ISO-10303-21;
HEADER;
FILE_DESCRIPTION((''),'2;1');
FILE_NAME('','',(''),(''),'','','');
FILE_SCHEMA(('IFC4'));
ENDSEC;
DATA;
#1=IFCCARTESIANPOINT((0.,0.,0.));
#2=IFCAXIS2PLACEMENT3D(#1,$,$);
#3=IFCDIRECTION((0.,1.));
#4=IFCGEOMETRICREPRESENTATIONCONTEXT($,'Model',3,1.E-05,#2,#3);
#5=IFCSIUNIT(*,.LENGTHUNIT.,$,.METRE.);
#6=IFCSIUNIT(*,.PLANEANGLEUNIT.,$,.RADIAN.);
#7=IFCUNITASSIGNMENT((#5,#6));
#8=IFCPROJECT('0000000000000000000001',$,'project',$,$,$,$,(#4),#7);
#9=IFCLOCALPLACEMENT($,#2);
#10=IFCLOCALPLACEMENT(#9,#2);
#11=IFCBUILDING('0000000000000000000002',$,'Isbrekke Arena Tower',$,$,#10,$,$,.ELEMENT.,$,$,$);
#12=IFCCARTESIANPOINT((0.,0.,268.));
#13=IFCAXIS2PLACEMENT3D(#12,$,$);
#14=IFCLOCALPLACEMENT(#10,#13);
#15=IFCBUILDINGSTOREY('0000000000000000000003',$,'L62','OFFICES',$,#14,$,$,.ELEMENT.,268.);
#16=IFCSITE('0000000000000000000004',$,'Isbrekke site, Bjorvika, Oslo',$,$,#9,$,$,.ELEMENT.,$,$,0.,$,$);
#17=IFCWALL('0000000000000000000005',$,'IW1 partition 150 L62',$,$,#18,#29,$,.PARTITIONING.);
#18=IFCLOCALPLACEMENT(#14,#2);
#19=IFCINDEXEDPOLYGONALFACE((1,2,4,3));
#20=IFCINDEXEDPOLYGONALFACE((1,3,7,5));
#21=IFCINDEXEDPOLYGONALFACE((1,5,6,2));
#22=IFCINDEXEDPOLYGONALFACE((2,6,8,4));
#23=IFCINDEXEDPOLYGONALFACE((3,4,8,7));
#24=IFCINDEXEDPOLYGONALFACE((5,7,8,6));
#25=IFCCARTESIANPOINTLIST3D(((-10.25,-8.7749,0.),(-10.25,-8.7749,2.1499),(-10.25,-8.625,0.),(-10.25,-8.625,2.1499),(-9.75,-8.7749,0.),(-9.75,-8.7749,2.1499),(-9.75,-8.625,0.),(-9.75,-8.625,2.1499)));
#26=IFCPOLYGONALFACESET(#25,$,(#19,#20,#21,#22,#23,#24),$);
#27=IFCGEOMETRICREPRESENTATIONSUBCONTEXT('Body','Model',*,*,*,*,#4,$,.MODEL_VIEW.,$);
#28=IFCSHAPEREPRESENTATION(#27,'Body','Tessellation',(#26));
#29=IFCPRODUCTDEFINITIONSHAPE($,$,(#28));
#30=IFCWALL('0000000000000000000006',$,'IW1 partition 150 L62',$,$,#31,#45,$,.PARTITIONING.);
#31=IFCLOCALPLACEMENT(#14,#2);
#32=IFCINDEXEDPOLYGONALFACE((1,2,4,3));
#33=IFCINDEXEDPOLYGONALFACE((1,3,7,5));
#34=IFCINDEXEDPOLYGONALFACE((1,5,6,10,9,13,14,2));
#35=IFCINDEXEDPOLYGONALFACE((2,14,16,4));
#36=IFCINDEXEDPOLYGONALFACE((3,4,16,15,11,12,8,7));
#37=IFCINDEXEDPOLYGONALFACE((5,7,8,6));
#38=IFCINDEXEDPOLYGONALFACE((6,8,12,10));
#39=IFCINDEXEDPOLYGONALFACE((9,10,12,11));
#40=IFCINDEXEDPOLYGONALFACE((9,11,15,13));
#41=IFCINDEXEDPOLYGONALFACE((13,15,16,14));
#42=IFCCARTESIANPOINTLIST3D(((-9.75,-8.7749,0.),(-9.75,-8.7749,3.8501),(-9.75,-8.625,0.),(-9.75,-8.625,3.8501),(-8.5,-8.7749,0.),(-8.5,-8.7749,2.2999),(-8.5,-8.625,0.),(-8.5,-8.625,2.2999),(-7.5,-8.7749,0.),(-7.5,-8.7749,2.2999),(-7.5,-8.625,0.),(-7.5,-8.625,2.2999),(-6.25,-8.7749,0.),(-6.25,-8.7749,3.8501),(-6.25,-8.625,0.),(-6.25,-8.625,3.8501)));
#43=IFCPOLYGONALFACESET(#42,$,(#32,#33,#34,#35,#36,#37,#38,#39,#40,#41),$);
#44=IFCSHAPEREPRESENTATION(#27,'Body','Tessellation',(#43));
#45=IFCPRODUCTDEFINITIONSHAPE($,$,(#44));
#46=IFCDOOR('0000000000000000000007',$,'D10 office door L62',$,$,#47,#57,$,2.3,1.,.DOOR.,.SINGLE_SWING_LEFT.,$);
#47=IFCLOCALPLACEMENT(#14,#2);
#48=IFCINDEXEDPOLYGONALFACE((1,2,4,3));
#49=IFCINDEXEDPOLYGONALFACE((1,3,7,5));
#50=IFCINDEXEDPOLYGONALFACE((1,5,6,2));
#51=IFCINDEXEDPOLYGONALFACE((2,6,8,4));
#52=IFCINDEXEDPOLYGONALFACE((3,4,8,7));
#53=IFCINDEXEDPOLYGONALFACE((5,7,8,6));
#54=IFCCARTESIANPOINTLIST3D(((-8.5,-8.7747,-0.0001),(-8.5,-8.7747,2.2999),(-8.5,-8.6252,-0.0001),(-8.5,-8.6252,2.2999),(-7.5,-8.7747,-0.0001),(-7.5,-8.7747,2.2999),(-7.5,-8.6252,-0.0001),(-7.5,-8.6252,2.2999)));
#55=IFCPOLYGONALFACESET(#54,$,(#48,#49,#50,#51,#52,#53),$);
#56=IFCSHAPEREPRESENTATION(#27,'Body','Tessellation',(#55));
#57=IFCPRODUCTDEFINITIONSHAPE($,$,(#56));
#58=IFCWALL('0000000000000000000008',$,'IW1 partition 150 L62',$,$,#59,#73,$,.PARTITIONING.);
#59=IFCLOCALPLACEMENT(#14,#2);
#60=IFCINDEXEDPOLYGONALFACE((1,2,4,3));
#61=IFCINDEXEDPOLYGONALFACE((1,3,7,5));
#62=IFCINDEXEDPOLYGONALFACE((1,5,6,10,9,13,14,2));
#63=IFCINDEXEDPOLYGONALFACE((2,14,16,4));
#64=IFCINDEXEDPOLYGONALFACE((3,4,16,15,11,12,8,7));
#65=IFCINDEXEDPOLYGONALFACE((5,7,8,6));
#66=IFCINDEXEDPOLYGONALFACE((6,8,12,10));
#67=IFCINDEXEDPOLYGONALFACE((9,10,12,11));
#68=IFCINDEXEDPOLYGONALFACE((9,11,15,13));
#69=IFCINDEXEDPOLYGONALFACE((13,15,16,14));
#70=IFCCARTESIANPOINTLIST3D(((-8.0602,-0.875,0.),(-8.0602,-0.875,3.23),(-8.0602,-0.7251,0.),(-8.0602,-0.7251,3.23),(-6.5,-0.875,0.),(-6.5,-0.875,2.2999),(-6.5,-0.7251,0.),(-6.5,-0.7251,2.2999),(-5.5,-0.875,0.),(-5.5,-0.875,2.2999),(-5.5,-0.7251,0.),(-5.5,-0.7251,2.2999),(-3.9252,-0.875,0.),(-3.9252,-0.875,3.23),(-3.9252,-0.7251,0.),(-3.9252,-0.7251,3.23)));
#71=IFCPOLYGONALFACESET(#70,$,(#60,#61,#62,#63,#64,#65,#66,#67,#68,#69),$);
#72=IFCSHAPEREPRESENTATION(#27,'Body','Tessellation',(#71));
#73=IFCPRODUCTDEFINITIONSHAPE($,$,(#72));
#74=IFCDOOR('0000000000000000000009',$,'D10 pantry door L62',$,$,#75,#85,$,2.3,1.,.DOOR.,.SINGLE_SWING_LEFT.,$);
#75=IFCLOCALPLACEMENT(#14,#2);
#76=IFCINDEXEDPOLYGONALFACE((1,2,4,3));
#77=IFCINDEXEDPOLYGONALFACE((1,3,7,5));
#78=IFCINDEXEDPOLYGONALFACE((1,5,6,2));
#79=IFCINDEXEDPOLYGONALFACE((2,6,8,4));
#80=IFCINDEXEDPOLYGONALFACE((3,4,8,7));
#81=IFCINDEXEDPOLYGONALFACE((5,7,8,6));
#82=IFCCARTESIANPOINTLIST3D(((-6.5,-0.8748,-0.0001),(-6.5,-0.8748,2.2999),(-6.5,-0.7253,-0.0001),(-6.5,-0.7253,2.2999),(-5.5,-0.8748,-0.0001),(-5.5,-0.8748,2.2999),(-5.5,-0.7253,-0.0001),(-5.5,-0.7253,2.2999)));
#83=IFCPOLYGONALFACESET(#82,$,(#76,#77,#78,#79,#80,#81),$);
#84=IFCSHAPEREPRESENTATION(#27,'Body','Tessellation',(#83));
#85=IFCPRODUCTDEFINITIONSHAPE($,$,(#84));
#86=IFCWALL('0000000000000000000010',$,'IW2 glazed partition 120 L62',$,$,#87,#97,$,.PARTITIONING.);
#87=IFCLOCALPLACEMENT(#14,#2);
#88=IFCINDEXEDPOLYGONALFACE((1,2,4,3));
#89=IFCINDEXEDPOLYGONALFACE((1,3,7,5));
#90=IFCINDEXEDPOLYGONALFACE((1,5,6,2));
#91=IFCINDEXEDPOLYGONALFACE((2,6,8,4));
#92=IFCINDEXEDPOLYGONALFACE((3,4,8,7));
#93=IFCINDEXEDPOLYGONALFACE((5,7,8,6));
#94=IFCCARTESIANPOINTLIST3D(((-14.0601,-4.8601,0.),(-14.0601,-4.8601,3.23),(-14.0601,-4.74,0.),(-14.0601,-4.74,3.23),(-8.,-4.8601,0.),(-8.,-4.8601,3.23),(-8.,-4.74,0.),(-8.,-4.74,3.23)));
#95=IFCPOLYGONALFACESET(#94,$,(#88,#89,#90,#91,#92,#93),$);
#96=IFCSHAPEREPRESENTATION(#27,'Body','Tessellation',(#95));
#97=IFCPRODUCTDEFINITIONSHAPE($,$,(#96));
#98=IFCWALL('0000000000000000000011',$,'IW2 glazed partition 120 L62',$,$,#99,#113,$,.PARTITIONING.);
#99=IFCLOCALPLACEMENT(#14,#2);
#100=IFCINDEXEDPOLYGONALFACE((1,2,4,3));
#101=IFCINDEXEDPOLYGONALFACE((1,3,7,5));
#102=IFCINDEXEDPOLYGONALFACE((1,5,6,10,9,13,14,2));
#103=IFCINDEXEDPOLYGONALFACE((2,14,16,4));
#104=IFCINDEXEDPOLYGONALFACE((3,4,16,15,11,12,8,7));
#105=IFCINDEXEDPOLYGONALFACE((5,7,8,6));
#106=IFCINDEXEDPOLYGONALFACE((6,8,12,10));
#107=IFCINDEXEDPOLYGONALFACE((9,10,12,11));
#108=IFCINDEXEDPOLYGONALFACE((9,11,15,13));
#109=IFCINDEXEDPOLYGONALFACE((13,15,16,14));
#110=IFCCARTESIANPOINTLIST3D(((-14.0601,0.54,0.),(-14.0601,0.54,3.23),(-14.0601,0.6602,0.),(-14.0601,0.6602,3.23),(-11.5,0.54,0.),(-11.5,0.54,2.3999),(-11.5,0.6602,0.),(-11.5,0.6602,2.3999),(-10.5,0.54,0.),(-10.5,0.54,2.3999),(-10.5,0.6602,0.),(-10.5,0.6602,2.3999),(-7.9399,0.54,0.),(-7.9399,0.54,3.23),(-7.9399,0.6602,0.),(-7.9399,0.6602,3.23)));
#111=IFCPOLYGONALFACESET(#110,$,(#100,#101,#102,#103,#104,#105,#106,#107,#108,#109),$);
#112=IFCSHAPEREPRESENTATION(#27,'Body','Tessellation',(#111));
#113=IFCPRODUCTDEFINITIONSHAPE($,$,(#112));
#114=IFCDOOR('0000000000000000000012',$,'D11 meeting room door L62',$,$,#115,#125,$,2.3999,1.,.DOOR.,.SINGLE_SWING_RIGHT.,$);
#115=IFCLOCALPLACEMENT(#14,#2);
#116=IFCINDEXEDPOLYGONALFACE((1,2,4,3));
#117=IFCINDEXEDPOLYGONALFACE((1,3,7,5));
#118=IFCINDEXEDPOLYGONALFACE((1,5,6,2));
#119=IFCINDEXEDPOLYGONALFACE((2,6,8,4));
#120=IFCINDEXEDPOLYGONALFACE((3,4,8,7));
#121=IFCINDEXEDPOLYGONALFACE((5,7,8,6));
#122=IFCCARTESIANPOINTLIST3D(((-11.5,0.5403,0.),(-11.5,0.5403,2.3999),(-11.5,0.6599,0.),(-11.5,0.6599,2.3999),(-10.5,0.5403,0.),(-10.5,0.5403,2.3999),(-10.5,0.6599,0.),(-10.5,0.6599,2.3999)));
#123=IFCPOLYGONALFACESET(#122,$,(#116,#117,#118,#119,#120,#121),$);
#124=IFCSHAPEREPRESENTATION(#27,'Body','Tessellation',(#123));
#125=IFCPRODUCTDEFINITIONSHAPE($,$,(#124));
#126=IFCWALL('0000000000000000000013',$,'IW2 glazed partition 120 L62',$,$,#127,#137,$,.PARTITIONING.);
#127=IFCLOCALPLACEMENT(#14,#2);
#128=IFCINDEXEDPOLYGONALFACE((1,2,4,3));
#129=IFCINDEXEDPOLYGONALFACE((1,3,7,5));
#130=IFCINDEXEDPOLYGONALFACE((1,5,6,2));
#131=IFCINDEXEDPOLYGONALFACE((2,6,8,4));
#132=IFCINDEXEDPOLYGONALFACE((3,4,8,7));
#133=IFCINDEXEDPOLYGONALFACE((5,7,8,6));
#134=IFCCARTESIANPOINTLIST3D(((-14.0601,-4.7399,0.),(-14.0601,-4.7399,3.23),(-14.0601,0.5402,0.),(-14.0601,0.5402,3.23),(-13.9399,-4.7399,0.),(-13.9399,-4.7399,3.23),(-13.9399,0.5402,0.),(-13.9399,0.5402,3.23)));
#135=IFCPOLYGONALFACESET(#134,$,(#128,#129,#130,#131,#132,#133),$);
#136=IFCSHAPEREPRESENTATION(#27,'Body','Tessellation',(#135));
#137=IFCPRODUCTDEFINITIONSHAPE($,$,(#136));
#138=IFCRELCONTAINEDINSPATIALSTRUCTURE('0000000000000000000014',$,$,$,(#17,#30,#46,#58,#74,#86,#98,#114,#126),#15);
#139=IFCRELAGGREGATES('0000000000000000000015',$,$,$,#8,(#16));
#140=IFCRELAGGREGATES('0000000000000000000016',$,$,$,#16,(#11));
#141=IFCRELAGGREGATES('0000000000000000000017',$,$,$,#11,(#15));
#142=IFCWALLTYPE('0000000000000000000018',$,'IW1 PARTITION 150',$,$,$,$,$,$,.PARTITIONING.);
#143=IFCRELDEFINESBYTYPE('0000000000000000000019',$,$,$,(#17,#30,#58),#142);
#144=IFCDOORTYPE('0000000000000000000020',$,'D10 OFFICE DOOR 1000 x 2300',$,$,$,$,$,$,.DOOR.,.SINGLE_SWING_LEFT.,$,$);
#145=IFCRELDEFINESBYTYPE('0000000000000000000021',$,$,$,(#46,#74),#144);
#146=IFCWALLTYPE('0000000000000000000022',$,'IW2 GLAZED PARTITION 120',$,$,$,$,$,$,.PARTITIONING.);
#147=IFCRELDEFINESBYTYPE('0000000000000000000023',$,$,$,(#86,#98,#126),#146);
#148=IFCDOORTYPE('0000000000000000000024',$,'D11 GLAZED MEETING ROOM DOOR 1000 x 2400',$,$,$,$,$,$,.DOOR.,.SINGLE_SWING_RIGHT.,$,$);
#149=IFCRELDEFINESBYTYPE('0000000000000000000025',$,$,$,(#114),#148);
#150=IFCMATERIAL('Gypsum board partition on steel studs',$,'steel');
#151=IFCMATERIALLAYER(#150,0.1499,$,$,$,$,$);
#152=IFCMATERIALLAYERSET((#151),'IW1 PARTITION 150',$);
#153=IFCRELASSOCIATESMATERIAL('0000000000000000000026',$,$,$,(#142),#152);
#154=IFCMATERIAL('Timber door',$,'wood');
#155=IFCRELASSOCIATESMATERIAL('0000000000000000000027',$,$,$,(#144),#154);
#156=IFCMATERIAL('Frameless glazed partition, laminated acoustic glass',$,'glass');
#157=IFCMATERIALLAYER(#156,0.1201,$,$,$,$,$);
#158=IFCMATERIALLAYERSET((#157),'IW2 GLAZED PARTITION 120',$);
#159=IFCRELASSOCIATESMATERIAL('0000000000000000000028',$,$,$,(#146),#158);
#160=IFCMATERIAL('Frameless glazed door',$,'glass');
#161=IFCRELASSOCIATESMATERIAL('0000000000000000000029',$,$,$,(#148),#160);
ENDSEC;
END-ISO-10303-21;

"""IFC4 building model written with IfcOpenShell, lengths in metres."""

from ifc_helpers import new_model, si_unit, direction, frame, frame_2d, origin, place, context, subcontext, project, spatial, rectangle, extrude, material, layer, layer_set, type_object, element, fill, save


model = new_model("IFC4")

# Units and contexts
model_context = context("Model", 3, precision=1e-05, world=origin(), true_north=direction((0.0, 1.0)))
body_context = subcontext(model_context, "Body", "Model", "MODEL_VIEW")
ifc_project = project(units=[si_unit("LENGTHUNIT", "METRE"), si_unit("PLANEANGLEUNIT", "RADIAN")], contexts=[model_context])

# Site, building, storey
site_placement = place(None, origin())
site = spatial("IfcSite", under=ifc_project, at=site_placement, Name="Isbrekke site, Bjorvika, Oslo", CompositionType="ELEMENT", RefElevation=0.0)
building_placement = place(site_placement, origin())
building = spatial("IfcBuilding", under=site, at=building_placement, Name="Isbrekke Arena Tower", CompositionType="ELEMENT")
storey_placement = place(building_placement, frame((0.0, 0.0, 268.0)))
storey = spatial("IfcBuildingStorey", under=building, at=storey_placement, Name="L62", Description="OFFICES", CompositionType="ELEMENT", Elevation=268.0)

# Wall
ifc_material_1 = material(Name="Gypsum board partition on steel studs", Category="steel")
ifc_layer_1 = layer(ifc_material_1, 0.1499)
ifc_layer_set_1 = layer_set([ifc_layer_1], Name="IW1 PARTITION 150")
wall_type_1 = type_object("IfcWallType", Name="IW1 PARTITION 150", PredefinedType="PARTITIONING", material=ifc_layer_set_1)
wall_1_placement = place(storey_placement, frame((-10.25, -8.7, 0.0), z_axis=(0.0, 0.0, 1.0), x_axis=(1.0, 0.0, 0.0)))
element("IfcWall", 1, at=wall_1_placement, inside=storey, type_object=wall_type_1, Name="IW1 partition 150 L62", PredefinedType="PARTITIONING", context=body_context, shape_type="SweptSolid", body=[
    extrude(rectangle(XDim=0.5, YDim=0.1499, at=frame_2d((0.25, 0.0))), origin(), (0.0, 0.0, 1.0), 2.1499),
])

# Walls, openings, doors
wall_2_placement = place(storey_placement, frame((-9.75, -8.7, 0.0), z_axis=(0.0, 0.0, 1.0), x_axis=(1.0, 0.0, 0.0)))
wall_2 = element("IfcWall", 2, at=wall_2_placement, inside=storey, type_object=wall_type_1, Name="IW1 partition 150 L62", PredefinedType="PARTITIONING", context=body_context, shape_type="SweptSolid", body=[
    extrude(rectangle(XDim=3.5, YDim=0.1499, at=frame_2d((1.75, 0.0))), origin(), (0.0, 0.0, 1.0), 3.8501),
])
opening_1_placement = place(wall_2_placement, frame((1.25, 0.0, 0.0)))
opening_1 = element("IfcOpeningElement", 3, at=opening_1_placement, cuts=wall_2, PredefinedType="OPENING", context=body_context, shape_type="SweptSolid", body=[
    extrude(rectangle(XDim=1.0, YDim=2.3, at=frame_2d((0.5, 1.1499))), frame((0.0, 0.0898, 0.0), z_axis=(0.0, -1.0, 0.0), x_axis=(1.0, 0.0, 0.0)), (0.0, 0.0, 1.0), 0.1797),
])
ifc_material_2 = material(Name="Timber door", Category="wood")
door_type_1 = type_object("IfcDoorType", Name="D10 OFFICE DOOR 1000 x 2300", OperationType="SINGLE_SWING_LEFT", PredefinedType="DOOR", material=ifc_material_2)
door_1_placement = place(opening_1_placement, origin())
door_1 = element("IfcDoor", 4, at=door_1_placement, inside=storey, type_object=door_type_1, Name="D10 office door L62", OperationType="SINGLE_SWING_LEFT", OverallHeight=2.3, OverallWidth=1.0, PredefinedType="DOOR", context=body_context, shape_type="SweptSolid", body=[
    extrude(rectangle(XDim=1.0, YDim=2.3, at=frame_2d((0.5, 1.1499))), frame((0.0, 0.0747, 0.0), z_axis=(0.0, -1.0, 0.0), x_axis=(1.0, 0.0, 0.0)), (0.0, 0.0, 1.0), 0.1494),
])
fill(opening_1, door_1)
wall_3_placement = place(storey_placement, frame((-8.0601, -0.8, 0.0), z_axis=(0.0, 0.0, 1.0), x_axis=(1.0, 0.0, 0.0)))
wall_3 = element("IfcWall", 5, at=wall_3_placement, inside=storey, type_object=wall_type_1, Name="IW1 partition 150 L62", PredefinedType="PARTITIONING", context=body_context, shape_type="SweptSolid", body=[
    extrude(rectangle(XDim=4.135, YDim=0.1499, at=frame_2d((2.0674, 0.0))), origin(), (0.0, 0.0, 1.0), 3.23),
])
opening_2_placement = place(wall_3_placement, frame((1.5601, 0.0, 0.0)))
opening_2 = element("IfcOpeningElement", 6, at=opening_2_placement, cuts=wall_3, PredefinedType="OPENING", context=body_context, shape_type="SweptSolid", body=[
    extrude(rectangle(XDim=1.0, YDim=2.3, at=frame_2d((0.5, 1.1499))), frame((0.0, 0.0898, 0.0), z_axis=(0.0, -1.0, 0.0), x_axis=(1.0, 0.0, 0.0)), (0.0, 0.0, 1.0), 0.1797),
])
door_2_placement = place(opening_2_placement, origin())
door_2 = element("IfcDoor", 7, at=door_2_placement, inside=storey, type_object=door_type_1, Name="D10 pantry door L62", OperationType="SINGLE_SWING_LEFT", OverallHeight=2.3, OverallWidth=1.0, PredefinedType="DOOR", context=body_context, shape_type="SweptSolid", body=[
    extrude(rectangle(XDim=1.0, YDim=2.3, at=frame_2d((0.5, 1.1499))), frame((0.0, 0.0747, 0.0), z_axis=(0.0, -1.0, 0.0), x_axis=(1.0, 0.0, 0.0)), (0.0, 0.0, 1.0), 0.1494),
])
fill(opening_2, door_2)

# Wall
ifc_material_3 = material(Name="Frameless glazed partition, laminated acoustic glass", Category="glass")
ifc_layer_2 = layer(ifc_material_3, 0.1201)
ifc_layer_set_2 = layer_set([ifc_layer_2], Name="IW2 GLAZED PARTITION 120")
wall_type_2 = type_object("IfcWallType", Name="IW2 GLAZED PARTITION 120", PredefinedType="PARTITIONING", material=ifc_layer_set_2)
wall_4_placement = place(storey_placement, frame((-14.0601, -4.8, 0.0), z_axis=(0.0, 0.0, 1.0), x_axis=(1.0, 0.0, 0.0)))
element("IfcWall", 8, at=wall_4_placement, inside=storey, type_object=wall_type_2, Name="IW2 glazed partition 120 L62", PredefinedType="PARTITIONING", context=body_context, shape_type="SweptSolid", body=[
    extrude(rectangle(XDim=6.0601, YDim=0.1201, at=frame_2d((3.03, 0.0))), origin(), (0.0, 0.0, 1.0), 3.23),
])

# Wall, opening, door
wall_5_placement = place(storey_placement, frame((-14.0601, 0.6001, 0.0), z_axis=(0.0, 0.0, 1.0), x_axis=(1.0, 0.0, 0.0)))
wall_5 = element("IfcWall", 9, at=wall_5_placement, inside=storey, type_object=wall_type_2, Name="IW2 glazed partition 120 L62", PredefinedType="PARTITIONING", context=body_context, shape_type="SweptSolid", body=[
    extrude(rectangle(XDim=6.1201, YDim=0.1201, at=frame_2d((3.0601, 0.0))), origin(), (0.0, 0.0, 1.0), 3.23),
])
opening_3_placement = place(wall_5_placement, frame((2.5601, 0.0, 0.0)))
opening_3 = element("IfcOpeningElement", 10, at=opening_3_placement, cuts=wall_5, PredefinedType="OPENING", context=body_context, shape_type="SweptSolid", body=[
    extrude(rectangle(XDim=1.0, YDim=2.3999, at=frame_2d((0.5, 1.2))), frame((0.0, 0.075, 0.0), z_axis=(0.0, -1.0, 0.0), x_axis=(1.0, 0.0, 0.0)), (0.0, 0.0, 1.0), 0.1499),
])
ifc_material_4 = material(Name="Frameless glazed door", Category="glass")
door_type_2 = type_object("IfcDoorType", Name="D11 GLAZED MEETING ROOM DOOR 1000 x 2400", OperationType="SINGLE_SWING_RIGHT", PredefinedType="DOOR", material=ifc_material_4)
door_3_placement = place(opening_3_placement, origin())
door_3 = element("IfcDoor", 11, at=door_3_placement, inside=storey, type_object=door_type_2, Name="D11 meeting room door L62", OperationType="SINGLE_SWING_RIGHT", OverallHeight=2.3999, OverallWidth=1.0, PredefinedType="DOOR", context=body_context, shape_type="SweptSolid", body=[
    extrude(rectangle(XDim=1.0, YDim=2.3999, at=frame_2d((0.5, 1.2))), frame((0.0, 0.0598, 0.0), z_axis=(0.0, -1.0, 0.0), x_axis=(1.0, 0.0, 0.0)), (0.0, 0.0, 1.0), 0.1196),
])
fill(opening_3, door_3)

# Wall
wall_6_placement = place(storey_placement, frame((-14.0, -4.74, 0.0), z_axis=(0.0, 0.0, 1.0), x_axis=(0.0, 1.0, 0.0)))
element("IfcWall", 12, at=wall_6_placement, inside=storey, type_object=wall_type_2, Name="IW2 glazed partition 120 L62", PredefinedType="PARTITIONING", context=body_context, shape_type="SweptSolid", body=[
    extrude(rectangle(XDim=5.28, YDim=0.1201, at=frame_2d((2.6401, 0.0))), origin(), (0.0, 0.0, 1.0), 3.23),
])

save(model, "model.ifc")
